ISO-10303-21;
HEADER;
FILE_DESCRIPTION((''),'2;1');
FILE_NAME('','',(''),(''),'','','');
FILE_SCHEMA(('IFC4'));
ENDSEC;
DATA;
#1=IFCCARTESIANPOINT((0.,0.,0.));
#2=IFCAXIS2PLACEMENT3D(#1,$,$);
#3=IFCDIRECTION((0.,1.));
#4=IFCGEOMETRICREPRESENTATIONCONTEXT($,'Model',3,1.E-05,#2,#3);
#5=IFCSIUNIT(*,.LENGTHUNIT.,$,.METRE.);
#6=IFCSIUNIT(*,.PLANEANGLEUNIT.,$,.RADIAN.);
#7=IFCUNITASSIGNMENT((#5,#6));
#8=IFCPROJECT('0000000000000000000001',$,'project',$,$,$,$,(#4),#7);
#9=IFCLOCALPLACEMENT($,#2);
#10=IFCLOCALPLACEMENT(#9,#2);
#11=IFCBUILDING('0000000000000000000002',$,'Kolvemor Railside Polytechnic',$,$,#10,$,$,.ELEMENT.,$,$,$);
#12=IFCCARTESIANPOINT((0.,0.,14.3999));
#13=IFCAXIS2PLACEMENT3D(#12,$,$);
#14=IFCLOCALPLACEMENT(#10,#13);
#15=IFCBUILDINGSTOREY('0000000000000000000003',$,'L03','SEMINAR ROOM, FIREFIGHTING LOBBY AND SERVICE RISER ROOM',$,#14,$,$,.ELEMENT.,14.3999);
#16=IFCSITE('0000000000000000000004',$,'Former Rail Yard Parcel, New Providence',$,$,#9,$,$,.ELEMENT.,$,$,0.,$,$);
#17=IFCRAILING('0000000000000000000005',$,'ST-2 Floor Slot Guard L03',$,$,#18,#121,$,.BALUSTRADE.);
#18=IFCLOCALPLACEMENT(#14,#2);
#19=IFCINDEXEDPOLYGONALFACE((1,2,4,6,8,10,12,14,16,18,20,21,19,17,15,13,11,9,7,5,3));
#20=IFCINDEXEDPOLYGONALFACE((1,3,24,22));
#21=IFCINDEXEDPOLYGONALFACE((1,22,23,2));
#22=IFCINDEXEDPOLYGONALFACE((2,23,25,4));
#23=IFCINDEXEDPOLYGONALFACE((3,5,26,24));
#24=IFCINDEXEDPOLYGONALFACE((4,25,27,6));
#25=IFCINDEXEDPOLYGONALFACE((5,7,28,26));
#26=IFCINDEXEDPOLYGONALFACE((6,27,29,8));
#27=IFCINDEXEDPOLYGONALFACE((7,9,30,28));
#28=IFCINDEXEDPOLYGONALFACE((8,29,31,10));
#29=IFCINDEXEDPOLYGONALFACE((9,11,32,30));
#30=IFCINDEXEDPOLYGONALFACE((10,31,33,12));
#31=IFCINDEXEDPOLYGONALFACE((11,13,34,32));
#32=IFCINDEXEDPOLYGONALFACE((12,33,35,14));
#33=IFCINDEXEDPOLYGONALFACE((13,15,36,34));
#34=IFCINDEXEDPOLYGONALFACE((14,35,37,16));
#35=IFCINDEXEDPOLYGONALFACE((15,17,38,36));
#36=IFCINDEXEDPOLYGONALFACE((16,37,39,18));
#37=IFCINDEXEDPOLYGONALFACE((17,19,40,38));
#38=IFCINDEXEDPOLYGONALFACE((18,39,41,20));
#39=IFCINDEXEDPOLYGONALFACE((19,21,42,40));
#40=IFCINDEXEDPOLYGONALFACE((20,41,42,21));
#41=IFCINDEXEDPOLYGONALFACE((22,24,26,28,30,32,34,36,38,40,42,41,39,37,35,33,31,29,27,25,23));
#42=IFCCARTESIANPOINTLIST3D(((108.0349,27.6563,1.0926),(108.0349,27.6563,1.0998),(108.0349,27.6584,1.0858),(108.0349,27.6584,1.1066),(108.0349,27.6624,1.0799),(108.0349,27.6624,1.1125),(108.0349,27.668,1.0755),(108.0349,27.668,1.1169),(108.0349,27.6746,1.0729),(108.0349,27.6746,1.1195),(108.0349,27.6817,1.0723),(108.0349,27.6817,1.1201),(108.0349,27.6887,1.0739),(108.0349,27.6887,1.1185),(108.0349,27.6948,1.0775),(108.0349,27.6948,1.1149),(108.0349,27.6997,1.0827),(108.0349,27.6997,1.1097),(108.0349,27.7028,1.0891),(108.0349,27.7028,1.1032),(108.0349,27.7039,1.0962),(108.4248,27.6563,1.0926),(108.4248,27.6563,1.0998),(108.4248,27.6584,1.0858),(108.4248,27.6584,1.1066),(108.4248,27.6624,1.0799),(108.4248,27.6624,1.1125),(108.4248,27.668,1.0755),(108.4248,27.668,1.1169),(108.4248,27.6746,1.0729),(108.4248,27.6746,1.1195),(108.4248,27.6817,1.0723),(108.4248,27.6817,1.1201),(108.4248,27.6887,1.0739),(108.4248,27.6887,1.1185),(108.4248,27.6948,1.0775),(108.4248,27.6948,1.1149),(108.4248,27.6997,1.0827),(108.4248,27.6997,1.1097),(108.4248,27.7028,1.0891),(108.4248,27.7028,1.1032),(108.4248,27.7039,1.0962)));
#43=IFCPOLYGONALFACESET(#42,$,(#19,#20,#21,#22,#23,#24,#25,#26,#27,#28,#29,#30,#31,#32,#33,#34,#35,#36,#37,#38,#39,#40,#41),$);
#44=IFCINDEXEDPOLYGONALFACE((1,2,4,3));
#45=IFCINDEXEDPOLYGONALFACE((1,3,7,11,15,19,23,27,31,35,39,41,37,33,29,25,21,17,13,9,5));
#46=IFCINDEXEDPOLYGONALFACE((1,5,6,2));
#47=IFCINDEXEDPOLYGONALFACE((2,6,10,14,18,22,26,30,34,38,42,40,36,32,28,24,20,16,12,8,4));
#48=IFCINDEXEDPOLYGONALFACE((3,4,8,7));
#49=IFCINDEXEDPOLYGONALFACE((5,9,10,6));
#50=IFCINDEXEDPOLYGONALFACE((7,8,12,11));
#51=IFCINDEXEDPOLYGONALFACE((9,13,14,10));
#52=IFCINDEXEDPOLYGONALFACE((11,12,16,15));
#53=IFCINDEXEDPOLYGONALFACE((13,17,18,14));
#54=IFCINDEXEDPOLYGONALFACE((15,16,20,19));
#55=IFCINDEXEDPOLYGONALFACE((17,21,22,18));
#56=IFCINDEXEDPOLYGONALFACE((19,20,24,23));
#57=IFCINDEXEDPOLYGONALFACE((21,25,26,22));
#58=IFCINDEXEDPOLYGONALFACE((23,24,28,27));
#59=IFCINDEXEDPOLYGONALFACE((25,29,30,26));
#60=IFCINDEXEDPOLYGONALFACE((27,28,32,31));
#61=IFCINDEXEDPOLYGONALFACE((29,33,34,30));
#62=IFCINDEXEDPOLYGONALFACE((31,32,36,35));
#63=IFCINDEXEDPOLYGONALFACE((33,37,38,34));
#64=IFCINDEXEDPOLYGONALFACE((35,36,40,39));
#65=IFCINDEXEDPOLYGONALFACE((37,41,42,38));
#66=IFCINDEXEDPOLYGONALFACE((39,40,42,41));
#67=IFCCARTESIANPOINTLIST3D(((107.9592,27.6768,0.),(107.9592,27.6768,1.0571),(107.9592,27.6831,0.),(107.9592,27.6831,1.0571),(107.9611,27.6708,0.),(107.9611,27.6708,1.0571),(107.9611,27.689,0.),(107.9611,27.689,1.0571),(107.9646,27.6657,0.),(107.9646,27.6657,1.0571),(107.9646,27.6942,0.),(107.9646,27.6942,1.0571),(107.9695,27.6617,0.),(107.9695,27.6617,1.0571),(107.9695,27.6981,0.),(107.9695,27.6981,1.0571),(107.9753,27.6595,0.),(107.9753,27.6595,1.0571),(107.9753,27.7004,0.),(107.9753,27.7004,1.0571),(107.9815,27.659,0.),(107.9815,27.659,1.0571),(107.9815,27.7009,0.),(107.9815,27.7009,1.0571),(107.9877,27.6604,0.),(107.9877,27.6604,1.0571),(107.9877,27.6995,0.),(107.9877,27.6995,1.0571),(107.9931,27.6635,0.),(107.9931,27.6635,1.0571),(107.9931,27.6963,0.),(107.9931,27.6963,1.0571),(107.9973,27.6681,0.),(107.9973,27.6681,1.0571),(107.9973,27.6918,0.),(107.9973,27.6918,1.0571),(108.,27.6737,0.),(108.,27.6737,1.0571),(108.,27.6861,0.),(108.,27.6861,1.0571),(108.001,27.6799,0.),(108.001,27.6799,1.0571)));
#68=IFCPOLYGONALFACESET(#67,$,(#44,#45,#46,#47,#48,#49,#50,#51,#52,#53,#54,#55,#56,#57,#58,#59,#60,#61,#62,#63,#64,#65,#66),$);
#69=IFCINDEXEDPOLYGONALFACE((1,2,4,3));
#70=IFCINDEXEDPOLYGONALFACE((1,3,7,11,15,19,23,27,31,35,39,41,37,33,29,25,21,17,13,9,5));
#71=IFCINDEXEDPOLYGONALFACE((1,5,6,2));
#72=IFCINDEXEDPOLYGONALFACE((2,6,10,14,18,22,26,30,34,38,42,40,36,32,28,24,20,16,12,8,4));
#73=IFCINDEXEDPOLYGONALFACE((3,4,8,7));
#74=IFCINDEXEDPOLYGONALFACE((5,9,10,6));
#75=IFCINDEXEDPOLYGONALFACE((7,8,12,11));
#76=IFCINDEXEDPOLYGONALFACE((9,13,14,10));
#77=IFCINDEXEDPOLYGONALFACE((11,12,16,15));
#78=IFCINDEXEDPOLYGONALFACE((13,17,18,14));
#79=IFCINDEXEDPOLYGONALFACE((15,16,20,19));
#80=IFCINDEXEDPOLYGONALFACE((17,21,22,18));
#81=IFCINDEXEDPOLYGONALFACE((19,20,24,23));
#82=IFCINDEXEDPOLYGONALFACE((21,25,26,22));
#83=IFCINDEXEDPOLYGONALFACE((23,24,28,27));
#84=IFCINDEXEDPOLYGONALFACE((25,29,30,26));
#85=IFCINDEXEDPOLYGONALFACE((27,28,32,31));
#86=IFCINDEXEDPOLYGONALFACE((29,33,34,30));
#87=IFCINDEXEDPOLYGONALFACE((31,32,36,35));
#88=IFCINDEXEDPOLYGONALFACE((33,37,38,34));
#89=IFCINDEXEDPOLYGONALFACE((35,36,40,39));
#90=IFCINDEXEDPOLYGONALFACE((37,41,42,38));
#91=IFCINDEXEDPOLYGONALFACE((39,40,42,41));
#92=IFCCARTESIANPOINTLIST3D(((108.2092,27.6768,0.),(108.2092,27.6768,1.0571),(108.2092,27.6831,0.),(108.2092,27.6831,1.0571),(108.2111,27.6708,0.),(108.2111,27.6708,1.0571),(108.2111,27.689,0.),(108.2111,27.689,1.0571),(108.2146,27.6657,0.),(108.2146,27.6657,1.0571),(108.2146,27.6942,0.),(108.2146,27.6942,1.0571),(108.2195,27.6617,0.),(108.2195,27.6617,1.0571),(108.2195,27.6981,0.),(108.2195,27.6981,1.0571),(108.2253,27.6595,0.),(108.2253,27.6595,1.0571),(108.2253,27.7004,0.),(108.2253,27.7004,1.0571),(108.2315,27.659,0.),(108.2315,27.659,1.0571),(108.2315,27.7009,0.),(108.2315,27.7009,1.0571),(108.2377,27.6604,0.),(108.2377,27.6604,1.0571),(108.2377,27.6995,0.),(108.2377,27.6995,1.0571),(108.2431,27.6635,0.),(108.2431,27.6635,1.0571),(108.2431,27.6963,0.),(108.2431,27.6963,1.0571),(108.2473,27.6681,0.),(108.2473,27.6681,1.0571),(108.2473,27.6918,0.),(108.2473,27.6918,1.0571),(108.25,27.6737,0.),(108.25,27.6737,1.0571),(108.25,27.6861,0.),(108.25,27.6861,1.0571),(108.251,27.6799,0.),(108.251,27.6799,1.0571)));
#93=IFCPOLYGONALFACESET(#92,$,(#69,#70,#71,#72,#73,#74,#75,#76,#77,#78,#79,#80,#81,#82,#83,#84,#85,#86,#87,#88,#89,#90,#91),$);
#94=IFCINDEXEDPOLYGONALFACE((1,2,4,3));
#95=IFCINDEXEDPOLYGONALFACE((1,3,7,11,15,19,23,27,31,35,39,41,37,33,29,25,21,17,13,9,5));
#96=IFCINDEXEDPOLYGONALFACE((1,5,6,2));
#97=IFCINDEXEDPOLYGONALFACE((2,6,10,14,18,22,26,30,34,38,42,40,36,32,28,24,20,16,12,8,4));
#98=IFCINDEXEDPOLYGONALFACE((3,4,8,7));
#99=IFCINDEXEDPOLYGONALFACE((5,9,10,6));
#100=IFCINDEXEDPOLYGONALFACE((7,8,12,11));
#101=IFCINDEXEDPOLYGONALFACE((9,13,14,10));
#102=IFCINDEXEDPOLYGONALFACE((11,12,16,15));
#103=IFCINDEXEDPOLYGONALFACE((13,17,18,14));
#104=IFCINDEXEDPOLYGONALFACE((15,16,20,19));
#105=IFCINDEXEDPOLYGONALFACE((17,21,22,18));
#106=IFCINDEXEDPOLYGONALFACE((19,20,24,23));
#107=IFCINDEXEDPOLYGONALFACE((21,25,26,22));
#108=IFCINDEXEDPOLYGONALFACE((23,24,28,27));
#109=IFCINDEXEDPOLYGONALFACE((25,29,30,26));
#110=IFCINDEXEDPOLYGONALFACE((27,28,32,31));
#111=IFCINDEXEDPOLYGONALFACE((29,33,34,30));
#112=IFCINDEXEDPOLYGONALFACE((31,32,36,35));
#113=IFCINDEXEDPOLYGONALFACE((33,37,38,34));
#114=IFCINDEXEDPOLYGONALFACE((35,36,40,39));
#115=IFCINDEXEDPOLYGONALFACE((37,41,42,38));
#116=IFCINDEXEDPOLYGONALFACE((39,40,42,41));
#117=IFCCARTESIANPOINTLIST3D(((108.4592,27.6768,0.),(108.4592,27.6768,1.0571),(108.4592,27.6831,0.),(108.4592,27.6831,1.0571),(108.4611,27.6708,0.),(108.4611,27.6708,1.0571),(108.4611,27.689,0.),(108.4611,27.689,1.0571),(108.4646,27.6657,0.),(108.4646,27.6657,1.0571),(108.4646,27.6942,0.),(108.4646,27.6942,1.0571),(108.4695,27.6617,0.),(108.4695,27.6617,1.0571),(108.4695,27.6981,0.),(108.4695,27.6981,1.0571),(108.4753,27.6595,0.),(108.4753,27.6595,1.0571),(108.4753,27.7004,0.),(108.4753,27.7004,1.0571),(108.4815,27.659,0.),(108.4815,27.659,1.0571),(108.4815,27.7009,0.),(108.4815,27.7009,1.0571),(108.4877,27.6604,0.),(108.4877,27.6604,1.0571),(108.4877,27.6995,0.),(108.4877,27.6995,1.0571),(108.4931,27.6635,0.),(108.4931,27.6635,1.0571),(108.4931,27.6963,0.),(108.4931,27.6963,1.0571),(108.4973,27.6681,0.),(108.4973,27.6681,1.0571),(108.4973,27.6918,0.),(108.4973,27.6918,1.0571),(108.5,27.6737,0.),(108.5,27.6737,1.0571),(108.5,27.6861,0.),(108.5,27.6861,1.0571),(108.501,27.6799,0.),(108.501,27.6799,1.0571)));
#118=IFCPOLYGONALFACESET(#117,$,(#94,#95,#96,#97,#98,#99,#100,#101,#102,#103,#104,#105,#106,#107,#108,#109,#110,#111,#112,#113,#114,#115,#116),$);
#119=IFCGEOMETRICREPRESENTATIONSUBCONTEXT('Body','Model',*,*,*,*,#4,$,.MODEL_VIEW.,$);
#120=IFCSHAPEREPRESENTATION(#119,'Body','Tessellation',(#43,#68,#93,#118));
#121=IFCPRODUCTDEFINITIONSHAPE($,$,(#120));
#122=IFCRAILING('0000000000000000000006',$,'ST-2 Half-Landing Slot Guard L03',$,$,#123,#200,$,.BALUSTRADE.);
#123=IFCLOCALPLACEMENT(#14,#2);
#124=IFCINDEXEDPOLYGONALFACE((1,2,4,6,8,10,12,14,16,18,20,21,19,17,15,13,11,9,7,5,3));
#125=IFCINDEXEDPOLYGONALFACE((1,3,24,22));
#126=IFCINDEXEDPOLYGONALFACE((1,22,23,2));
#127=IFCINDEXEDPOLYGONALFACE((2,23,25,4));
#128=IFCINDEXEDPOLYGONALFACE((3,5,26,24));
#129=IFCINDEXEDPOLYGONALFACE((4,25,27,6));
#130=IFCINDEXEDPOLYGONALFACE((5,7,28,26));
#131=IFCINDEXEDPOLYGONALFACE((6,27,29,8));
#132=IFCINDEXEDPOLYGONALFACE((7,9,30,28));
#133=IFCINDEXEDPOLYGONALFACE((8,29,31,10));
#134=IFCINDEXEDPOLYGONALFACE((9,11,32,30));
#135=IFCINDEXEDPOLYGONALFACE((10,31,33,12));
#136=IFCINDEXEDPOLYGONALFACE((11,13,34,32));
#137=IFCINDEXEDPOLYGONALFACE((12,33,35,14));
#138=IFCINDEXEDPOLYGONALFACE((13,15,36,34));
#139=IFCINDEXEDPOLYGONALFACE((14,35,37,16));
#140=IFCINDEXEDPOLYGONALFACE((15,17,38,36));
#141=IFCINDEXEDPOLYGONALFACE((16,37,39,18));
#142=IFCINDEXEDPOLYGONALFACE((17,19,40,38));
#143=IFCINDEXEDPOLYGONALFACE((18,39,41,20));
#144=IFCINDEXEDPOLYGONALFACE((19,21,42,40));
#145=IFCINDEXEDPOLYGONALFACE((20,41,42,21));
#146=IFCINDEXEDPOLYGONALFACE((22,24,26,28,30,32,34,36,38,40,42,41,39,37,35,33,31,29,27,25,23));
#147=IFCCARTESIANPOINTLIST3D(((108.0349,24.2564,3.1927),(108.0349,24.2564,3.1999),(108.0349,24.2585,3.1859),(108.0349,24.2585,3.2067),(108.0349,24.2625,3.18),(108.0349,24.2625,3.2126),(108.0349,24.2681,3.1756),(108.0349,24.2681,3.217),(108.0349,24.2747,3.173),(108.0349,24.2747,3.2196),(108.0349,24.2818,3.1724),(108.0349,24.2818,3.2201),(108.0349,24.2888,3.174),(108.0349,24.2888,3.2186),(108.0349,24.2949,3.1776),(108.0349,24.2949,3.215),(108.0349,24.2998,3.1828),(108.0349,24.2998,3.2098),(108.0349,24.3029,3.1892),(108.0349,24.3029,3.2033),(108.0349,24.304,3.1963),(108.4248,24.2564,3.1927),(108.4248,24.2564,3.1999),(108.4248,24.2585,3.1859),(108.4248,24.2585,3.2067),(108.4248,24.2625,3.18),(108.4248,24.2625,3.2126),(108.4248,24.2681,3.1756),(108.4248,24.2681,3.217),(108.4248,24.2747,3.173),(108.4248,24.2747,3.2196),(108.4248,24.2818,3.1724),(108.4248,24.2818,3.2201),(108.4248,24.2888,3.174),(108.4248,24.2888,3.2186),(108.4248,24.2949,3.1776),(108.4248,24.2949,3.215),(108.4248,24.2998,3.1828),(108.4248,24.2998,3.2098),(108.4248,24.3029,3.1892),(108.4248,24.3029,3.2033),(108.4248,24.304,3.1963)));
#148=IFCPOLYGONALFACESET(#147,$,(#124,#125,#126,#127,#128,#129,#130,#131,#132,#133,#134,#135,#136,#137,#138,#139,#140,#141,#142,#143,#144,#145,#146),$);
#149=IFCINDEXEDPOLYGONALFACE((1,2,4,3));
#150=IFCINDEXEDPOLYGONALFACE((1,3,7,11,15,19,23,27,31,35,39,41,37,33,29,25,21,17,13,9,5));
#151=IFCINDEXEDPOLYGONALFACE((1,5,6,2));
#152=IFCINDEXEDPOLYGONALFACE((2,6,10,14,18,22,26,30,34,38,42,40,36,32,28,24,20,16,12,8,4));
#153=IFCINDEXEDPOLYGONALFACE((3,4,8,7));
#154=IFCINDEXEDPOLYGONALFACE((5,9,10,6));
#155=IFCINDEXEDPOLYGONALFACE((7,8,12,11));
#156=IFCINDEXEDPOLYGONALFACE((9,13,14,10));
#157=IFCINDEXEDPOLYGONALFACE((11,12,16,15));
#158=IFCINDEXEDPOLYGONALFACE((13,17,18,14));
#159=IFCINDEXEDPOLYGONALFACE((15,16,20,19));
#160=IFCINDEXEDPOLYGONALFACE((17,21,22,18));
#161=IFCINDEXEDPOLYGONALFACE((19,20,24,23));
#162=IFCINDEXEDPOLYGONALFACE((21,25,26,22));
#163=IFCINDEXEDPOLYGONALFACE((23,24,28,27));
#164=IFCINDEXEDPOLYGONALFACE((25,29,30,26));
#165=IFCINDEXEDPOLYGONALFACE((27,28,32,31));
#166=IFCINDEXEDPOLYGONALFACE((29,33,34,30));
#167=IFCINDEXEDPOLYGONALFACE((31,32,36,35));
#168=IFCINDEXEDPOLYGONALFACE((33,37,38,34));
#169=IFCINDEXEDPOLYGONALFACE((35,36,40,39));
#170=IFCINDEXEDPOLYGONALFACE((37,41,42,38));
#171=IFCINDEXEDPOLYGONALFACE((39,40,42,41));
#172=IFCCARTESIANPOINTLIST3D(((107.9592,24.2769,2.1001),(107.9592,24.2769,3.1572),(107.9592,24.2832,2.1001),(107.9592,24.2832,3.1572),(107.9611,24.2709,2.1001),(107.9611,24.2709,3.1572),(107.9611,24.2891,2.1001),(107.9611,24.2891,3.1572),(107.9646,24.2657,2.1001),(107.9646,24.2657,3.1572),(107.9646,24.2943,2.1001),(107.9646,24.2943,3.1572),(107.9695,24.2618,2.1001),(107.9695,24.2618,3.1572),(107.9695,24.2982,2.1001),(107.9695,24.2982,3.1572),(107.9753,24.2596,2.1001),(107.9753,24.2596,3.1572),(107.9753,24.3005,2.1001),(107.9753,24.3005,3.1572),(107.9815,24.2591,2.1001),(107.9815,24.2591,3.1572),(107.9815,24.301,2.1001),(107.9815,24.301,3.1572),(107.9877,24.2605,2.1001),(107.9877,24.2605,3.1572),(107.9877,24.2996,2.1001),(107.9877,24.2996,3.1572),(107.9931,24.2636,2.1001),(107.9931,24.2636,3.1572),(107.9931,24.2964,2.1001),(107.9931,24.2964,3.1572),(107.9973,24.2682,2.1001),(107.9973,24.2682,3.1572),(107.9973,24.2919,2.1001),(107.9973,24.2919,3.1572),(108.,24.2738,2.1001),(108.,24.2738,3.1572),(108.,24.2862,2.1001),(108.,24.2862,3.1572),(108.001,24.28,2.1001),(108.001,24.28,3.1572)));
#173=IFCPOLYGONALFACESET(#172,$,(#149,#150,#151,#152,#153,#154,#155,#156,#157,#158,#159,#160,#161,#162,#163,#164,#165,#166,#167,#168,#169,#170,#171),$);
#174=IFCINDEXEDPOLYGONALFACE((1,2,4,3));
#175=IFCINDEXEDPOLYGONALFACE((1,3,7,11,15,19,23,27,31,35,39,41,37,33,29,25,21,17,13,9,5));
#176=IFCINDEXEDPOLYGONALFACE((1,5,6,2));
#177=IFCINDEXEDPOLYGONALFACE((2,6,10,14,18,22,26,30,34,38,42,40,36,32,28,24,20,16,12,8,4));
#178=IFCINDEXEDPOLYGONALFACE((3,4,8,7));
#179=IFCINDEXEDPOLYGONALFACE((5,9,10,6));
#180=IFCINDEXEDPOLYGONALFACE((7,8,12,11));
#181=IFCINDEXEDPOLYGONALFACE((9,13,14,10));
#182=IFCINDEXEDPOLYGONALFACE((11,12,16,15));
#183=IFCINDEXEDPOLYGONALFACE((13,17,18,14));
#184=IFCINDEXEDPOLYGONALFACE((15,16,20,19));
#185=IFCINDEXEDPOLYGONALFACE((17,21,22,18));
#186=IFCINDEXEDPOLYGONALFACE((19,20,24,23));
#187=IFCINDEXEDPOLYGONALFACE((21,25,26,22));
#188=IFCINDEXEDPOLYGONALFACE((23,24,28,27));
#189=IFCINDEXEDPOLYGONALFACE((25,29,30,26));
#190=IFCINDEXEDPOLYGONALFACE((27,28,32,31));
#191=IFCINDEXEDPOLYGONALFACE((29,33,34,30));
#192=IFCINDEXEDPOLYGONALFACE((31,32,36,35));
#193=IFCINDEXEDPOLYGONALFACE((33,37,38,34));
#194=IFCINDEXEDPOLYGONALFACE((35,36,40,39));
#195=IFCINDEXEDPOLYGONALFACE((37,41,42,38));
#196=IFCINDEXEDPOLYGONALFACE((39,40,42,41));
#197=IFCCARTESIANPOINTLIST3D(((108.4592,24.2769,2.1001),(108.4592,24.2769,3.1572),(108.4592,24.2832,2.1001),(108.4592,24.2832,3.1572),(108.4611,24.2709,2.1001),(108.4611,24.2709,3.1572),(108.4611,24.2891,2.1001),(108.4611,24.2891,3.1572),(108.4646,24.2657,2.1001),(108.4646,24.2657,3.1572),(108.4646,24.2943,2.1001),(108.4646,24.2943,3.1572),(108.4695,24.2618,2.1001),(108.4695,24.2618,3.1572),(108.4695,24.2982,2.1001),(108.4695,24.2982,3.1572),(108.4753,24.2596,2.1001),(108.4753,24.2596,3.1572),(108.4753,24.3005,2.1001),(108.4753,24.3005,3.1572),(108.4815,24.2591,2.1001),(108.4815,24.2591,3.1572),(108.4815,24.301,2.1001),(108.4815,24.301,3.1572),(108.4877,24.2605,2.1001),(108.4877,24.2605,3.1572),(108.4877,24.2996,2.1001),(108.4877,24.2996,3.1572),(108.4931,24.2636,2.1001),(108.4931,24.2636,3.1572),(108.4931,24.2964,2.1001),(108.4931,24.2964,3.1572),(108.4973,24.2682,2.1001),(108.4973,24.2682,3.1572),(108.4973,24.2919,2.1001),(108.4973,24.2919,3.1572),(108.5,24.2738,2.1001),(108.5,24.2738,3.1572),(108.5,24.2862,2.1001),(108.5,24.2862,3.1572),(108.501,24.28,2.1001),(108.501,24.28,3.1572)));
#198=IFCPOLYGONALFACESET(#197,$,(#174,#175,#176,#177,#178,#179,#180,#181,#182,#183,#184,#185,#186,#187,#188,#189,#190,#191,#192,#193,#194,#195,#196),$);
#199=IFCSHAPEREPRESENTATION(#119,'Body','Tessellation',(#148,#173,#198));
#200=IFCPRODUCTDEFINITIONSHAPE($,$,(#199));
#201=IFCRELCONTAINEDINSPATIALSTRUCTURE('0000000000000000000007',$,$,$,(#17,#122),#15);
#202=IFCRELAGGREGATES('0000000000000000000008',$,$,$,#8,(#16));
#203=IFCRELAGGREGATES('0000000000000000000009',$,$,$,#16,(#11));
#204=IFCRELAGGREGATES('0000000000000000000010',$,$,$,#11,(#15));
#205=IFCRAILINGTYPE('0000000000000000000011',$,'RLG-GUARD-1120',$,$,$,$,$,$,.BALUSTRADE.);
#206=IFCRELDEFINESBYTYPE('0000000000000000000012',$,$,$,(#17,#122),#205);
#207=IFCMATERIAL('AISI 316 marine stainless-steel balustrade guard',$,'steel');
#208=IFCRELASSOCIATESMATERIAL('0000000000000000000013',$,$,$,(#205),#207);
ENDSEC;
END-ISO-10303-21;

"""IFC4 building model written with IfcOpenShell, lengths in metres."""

from ifc_helpers import new_model, si_unit, direction, frame, origin, origin_2d, place, context, subcontext, project, spatial, circle, extrude, material, type_object, element, save


model = new_model("IFC4")

# Units and contexts
model_context = context("Model", 3, precision=1e-05, world=origin(), true_north=direction((0.0, 1.0)))
body_context = subcontext(model_context, "Body", "Model", "MODEL_VIEW")
ifc_project = project(units=[si_unit("LENGTHUNIT", "METRE"), si_unit("PLANEANGLEUNIT", "RADIAN")], contexts=[model_context])

# Site, building, storey
site_placement = place(None, origin())
site = spatial("IfcSite", under=ifc_project, at=site_placement, Name="Former Rail Yard Parcel, New Providence", CompositionType="ELEMENT", RefElevation=0.0)
building_placement = place(site_placement, origin())
building = spatial("IfcBuilding", under=site, at=building_placement, Name="Kolvemor Railside Polytechnic", CompositionType="ELEMENT")
storey_placement = place(building_placement, frame((0.0, 0.0, 14.3999)))
storey = spatial("IfcBuildingStorey", under=building, at=storey_placement, Name="L03", Description="SEMINAR ROOM, FIREFIGHTING LOBBY AND SERVICE RISER ROOM", CompositionType="ELEMENT", Elevation=14.3999)

# Railings
ifc_material_1 = material(Name="AISI 316 marine stainless-steel balustrade guard", Category="steel")
railing_type_1 = type_object("IfcRailingType", Name="RLG-GUARD-1120", PredefinedType="BALUSTRADE", material=ifc_material_1)
railing_1_placement = place(storey_placement, frame((107.98, 27.6799, 0.0)))
element("IfcRailing", 1, at=railing_1_placement, inside=storey, type_object=railing_type_1, Name="ST-2 Floor Slot Guard L03", PredefinedType="BALUSTRADE", context=body_context, shape_type="SweptSolid", body=[
    extrude(circle(Radius=0.0239, at=origin_2d()), frame((0.0549, 0.0, 1.0962), z_axis=(1.0, 0.0, 0.0), x_axis=(0.0, 1.0, 0.0)), (0.0, 0.0, 1.0), 0.3899),
    extrude(circle(Radius=0.021, at=origin_2d()), origin(), (0.0, 0.0, 1.0), 1.0571),
    extrude(circle(Radius=0.021, at=origin_2d()), frame((0.25, 0.0, 0.0)), (0.0, 0.0, 1.0), 1.0571),
    extrude(circle(Radius=0.021, at=origin_2d()), frame((0.5, 0.0, 0.0)), (0.0, 0.0, 1.0), 1.0571),
])
railing_2_placement = place(storey_placement, frame((107.98, 24.28, 2.1001)))
element("IfcRailing", 2, at=railing_2_placement, inside=storey, type_object=railing_type_1, Name="ST-2 Half-Landing Slot Guard L03", PredefinedType="BALUSTRADE", context=body_context, shape_type="SweptSolid", body=[
    extrude(circle(Radius=0.0239, at=origin_2d()), frame((0.0549, 0.0, 1.0962), z_axis=(1.0, 0.0, 0.0), x_axis=(0.0, 1.0, 0.0)), (0.0, 0.0, 1.0), 0.3899),
    extrude(circle(Radius=0.021, at=origin_2d()), origin(), (0.0, 0.0, 1.0), 1.0571),
    extrude(circle(Radius=0.021, at=origin_2d()), frame((0.5, 0.0, 0.0)), (0.0, 0.0, 1.0), 1.0571),
])

save(model, "model.ifc")
